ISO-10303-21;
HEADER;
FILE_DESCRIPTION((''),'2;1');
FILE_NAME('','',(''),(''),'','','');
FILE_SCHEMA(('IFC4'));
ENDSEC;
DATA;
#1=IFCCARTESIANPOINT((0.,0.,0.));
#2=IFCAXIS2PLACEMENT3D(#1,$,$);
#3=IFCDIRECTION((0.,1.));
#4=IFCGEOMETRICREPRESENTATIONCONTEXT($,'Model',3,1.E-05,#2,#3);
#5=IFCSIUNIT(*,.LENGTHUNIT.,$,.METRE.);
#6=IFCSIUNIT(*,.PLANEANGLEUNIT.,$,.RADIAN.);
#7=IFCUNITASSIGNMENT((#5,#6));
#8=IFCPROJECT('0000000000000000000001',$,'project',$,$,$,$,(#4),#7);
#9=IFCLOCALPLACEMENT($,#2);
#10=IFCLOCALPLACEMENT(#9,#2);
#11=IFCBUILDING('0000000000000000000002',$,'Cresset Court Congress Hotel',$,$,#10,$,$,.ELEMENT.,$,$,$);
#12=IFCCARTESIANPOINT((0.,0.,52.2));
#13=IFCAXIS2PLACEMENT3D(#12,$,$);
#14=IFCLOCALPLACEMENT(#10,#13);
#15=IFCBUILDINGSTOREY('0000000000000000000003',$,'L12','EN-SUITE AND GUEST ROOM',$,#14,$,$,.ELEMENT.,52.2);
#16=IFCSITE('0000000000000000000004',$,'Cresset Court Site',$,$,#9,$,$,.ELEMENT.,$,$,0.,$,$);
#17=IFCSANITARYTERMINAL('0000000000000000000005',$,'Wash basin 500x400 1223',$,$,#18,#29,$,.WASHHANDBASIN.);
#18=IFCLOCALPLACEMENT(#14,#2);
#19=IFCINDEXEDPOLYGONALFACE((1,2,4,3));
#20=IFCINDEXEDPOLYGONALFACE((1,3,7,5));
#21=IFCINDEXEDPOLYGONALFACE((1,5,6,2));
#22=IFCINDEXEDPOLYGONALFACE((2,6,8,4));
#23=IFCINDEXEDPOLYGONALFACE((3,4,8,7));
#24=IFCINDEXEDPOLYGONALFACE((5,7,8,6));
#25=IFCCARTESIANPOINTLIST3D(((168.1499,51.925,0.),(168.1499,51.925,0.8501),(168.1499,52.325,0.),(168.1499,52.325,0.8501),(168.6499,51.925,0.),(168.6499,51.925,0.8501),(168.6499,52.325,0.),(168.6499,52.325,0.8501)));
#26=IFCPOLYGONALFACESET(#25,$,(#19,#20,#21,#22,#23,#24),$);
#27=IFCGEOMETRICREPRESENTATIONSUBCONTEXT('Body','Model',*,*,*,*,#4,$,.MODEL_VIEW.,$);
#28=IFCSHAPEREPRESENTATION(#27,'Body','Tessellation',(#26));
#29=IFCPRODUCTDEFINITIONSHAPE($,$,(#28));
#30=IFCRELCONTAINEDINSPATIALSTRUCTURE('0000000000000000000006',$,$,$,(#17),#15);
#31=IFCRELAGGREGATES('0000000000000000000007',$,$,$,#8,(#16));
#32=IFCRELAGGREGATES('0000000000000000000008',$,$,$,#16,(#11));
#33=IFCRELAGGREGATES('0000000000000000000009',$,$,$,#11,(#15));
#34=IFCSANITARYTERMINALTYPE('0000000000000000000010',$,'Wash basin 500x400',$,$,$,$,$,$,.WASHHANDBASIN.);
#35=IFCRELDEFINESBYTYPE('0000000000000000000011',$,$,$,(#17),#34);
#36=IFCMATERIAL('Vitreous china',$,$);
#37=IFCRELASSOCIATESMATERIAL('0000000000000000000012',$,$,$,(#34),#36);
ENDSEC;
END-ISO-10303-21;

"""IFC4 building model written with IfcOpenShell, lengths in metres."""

from ifc_helpers import new_model, si_unit, direction, frame, origin, origin_2d, place, context, subcontext, project, spatial, rectangle, extrude, material, type_object, element, save


model = new_model("IFC4")

# Units and contexts
model_context = context("Model", 3, precision=1e-05, world=origin(), true_north=direction((0.0, 1.0)))
body_context = subcontext(model_context, "Body", "Model", "MODEL_VIEW")
ifc_project = project(units=[si_unit("LENGTHUNIT", "METRE"), si_unit("PLANEANGLEUNIT", "RADIAN")], contexts=[model_context])

# Site, building, storey
site_placement = place(None, origin())
site = spatial("IfcSite", under=ifc_project, at=site_placement, Name="Cresset Court Site", CompositionType="ELEMENT", RefElevation=0.0)
building_placement = place(site_placement, origin())
building = spatial("IfcBuilding", under=site, at=building_placement, Name="Cresset Court Congress Hotel", CompositionType="ELEMENT")
storey_placement = place(building_placement, frame((0.0, 0.0, 52.2)))
storey = spatial("IfcBuildingStorey", under=building, at=storey_placement, Name="L12", Description="EN-SUITE AND GUEST ROOM", CompositionType="ELEMENT", Elevation=52.2)

# Sanitary terminal
ifc_material_1 = material(Name="Vitreous china")
sanitary_terminal_type_1 = type_object("IfcSanitaryTerminalType", Name="Wash basin 500x400", PredefinedType="WASHHANDBASIN", material=ifc_material_1)
for number, where, z_axis, x_axis, name in (
    (1, (168.3999, 52.125, 0.0), (0.0, 0.0, 1.0), (1.0, 0.0, 0.0), "Wash basin 500x400 1223"),
):
    element("IfcSanitaryTerminal", number, at=place(storey_placement, frame(where, z_axis=z_axis, x_axis=x_axis)), inside=storey, type_object=sanitary_terminal_type_1, Name=name, PredefinedType="WASHHANDBASIN", context=body_context, shape_type="SweptSolid", body=[
        extrude(rectangle(XDim=0.5, YDim=0.3999, at=origin_2d()), origin(), (0.0, 0.0, 1.0), 0.8501),
    ])

save(model, "model.ifc")
